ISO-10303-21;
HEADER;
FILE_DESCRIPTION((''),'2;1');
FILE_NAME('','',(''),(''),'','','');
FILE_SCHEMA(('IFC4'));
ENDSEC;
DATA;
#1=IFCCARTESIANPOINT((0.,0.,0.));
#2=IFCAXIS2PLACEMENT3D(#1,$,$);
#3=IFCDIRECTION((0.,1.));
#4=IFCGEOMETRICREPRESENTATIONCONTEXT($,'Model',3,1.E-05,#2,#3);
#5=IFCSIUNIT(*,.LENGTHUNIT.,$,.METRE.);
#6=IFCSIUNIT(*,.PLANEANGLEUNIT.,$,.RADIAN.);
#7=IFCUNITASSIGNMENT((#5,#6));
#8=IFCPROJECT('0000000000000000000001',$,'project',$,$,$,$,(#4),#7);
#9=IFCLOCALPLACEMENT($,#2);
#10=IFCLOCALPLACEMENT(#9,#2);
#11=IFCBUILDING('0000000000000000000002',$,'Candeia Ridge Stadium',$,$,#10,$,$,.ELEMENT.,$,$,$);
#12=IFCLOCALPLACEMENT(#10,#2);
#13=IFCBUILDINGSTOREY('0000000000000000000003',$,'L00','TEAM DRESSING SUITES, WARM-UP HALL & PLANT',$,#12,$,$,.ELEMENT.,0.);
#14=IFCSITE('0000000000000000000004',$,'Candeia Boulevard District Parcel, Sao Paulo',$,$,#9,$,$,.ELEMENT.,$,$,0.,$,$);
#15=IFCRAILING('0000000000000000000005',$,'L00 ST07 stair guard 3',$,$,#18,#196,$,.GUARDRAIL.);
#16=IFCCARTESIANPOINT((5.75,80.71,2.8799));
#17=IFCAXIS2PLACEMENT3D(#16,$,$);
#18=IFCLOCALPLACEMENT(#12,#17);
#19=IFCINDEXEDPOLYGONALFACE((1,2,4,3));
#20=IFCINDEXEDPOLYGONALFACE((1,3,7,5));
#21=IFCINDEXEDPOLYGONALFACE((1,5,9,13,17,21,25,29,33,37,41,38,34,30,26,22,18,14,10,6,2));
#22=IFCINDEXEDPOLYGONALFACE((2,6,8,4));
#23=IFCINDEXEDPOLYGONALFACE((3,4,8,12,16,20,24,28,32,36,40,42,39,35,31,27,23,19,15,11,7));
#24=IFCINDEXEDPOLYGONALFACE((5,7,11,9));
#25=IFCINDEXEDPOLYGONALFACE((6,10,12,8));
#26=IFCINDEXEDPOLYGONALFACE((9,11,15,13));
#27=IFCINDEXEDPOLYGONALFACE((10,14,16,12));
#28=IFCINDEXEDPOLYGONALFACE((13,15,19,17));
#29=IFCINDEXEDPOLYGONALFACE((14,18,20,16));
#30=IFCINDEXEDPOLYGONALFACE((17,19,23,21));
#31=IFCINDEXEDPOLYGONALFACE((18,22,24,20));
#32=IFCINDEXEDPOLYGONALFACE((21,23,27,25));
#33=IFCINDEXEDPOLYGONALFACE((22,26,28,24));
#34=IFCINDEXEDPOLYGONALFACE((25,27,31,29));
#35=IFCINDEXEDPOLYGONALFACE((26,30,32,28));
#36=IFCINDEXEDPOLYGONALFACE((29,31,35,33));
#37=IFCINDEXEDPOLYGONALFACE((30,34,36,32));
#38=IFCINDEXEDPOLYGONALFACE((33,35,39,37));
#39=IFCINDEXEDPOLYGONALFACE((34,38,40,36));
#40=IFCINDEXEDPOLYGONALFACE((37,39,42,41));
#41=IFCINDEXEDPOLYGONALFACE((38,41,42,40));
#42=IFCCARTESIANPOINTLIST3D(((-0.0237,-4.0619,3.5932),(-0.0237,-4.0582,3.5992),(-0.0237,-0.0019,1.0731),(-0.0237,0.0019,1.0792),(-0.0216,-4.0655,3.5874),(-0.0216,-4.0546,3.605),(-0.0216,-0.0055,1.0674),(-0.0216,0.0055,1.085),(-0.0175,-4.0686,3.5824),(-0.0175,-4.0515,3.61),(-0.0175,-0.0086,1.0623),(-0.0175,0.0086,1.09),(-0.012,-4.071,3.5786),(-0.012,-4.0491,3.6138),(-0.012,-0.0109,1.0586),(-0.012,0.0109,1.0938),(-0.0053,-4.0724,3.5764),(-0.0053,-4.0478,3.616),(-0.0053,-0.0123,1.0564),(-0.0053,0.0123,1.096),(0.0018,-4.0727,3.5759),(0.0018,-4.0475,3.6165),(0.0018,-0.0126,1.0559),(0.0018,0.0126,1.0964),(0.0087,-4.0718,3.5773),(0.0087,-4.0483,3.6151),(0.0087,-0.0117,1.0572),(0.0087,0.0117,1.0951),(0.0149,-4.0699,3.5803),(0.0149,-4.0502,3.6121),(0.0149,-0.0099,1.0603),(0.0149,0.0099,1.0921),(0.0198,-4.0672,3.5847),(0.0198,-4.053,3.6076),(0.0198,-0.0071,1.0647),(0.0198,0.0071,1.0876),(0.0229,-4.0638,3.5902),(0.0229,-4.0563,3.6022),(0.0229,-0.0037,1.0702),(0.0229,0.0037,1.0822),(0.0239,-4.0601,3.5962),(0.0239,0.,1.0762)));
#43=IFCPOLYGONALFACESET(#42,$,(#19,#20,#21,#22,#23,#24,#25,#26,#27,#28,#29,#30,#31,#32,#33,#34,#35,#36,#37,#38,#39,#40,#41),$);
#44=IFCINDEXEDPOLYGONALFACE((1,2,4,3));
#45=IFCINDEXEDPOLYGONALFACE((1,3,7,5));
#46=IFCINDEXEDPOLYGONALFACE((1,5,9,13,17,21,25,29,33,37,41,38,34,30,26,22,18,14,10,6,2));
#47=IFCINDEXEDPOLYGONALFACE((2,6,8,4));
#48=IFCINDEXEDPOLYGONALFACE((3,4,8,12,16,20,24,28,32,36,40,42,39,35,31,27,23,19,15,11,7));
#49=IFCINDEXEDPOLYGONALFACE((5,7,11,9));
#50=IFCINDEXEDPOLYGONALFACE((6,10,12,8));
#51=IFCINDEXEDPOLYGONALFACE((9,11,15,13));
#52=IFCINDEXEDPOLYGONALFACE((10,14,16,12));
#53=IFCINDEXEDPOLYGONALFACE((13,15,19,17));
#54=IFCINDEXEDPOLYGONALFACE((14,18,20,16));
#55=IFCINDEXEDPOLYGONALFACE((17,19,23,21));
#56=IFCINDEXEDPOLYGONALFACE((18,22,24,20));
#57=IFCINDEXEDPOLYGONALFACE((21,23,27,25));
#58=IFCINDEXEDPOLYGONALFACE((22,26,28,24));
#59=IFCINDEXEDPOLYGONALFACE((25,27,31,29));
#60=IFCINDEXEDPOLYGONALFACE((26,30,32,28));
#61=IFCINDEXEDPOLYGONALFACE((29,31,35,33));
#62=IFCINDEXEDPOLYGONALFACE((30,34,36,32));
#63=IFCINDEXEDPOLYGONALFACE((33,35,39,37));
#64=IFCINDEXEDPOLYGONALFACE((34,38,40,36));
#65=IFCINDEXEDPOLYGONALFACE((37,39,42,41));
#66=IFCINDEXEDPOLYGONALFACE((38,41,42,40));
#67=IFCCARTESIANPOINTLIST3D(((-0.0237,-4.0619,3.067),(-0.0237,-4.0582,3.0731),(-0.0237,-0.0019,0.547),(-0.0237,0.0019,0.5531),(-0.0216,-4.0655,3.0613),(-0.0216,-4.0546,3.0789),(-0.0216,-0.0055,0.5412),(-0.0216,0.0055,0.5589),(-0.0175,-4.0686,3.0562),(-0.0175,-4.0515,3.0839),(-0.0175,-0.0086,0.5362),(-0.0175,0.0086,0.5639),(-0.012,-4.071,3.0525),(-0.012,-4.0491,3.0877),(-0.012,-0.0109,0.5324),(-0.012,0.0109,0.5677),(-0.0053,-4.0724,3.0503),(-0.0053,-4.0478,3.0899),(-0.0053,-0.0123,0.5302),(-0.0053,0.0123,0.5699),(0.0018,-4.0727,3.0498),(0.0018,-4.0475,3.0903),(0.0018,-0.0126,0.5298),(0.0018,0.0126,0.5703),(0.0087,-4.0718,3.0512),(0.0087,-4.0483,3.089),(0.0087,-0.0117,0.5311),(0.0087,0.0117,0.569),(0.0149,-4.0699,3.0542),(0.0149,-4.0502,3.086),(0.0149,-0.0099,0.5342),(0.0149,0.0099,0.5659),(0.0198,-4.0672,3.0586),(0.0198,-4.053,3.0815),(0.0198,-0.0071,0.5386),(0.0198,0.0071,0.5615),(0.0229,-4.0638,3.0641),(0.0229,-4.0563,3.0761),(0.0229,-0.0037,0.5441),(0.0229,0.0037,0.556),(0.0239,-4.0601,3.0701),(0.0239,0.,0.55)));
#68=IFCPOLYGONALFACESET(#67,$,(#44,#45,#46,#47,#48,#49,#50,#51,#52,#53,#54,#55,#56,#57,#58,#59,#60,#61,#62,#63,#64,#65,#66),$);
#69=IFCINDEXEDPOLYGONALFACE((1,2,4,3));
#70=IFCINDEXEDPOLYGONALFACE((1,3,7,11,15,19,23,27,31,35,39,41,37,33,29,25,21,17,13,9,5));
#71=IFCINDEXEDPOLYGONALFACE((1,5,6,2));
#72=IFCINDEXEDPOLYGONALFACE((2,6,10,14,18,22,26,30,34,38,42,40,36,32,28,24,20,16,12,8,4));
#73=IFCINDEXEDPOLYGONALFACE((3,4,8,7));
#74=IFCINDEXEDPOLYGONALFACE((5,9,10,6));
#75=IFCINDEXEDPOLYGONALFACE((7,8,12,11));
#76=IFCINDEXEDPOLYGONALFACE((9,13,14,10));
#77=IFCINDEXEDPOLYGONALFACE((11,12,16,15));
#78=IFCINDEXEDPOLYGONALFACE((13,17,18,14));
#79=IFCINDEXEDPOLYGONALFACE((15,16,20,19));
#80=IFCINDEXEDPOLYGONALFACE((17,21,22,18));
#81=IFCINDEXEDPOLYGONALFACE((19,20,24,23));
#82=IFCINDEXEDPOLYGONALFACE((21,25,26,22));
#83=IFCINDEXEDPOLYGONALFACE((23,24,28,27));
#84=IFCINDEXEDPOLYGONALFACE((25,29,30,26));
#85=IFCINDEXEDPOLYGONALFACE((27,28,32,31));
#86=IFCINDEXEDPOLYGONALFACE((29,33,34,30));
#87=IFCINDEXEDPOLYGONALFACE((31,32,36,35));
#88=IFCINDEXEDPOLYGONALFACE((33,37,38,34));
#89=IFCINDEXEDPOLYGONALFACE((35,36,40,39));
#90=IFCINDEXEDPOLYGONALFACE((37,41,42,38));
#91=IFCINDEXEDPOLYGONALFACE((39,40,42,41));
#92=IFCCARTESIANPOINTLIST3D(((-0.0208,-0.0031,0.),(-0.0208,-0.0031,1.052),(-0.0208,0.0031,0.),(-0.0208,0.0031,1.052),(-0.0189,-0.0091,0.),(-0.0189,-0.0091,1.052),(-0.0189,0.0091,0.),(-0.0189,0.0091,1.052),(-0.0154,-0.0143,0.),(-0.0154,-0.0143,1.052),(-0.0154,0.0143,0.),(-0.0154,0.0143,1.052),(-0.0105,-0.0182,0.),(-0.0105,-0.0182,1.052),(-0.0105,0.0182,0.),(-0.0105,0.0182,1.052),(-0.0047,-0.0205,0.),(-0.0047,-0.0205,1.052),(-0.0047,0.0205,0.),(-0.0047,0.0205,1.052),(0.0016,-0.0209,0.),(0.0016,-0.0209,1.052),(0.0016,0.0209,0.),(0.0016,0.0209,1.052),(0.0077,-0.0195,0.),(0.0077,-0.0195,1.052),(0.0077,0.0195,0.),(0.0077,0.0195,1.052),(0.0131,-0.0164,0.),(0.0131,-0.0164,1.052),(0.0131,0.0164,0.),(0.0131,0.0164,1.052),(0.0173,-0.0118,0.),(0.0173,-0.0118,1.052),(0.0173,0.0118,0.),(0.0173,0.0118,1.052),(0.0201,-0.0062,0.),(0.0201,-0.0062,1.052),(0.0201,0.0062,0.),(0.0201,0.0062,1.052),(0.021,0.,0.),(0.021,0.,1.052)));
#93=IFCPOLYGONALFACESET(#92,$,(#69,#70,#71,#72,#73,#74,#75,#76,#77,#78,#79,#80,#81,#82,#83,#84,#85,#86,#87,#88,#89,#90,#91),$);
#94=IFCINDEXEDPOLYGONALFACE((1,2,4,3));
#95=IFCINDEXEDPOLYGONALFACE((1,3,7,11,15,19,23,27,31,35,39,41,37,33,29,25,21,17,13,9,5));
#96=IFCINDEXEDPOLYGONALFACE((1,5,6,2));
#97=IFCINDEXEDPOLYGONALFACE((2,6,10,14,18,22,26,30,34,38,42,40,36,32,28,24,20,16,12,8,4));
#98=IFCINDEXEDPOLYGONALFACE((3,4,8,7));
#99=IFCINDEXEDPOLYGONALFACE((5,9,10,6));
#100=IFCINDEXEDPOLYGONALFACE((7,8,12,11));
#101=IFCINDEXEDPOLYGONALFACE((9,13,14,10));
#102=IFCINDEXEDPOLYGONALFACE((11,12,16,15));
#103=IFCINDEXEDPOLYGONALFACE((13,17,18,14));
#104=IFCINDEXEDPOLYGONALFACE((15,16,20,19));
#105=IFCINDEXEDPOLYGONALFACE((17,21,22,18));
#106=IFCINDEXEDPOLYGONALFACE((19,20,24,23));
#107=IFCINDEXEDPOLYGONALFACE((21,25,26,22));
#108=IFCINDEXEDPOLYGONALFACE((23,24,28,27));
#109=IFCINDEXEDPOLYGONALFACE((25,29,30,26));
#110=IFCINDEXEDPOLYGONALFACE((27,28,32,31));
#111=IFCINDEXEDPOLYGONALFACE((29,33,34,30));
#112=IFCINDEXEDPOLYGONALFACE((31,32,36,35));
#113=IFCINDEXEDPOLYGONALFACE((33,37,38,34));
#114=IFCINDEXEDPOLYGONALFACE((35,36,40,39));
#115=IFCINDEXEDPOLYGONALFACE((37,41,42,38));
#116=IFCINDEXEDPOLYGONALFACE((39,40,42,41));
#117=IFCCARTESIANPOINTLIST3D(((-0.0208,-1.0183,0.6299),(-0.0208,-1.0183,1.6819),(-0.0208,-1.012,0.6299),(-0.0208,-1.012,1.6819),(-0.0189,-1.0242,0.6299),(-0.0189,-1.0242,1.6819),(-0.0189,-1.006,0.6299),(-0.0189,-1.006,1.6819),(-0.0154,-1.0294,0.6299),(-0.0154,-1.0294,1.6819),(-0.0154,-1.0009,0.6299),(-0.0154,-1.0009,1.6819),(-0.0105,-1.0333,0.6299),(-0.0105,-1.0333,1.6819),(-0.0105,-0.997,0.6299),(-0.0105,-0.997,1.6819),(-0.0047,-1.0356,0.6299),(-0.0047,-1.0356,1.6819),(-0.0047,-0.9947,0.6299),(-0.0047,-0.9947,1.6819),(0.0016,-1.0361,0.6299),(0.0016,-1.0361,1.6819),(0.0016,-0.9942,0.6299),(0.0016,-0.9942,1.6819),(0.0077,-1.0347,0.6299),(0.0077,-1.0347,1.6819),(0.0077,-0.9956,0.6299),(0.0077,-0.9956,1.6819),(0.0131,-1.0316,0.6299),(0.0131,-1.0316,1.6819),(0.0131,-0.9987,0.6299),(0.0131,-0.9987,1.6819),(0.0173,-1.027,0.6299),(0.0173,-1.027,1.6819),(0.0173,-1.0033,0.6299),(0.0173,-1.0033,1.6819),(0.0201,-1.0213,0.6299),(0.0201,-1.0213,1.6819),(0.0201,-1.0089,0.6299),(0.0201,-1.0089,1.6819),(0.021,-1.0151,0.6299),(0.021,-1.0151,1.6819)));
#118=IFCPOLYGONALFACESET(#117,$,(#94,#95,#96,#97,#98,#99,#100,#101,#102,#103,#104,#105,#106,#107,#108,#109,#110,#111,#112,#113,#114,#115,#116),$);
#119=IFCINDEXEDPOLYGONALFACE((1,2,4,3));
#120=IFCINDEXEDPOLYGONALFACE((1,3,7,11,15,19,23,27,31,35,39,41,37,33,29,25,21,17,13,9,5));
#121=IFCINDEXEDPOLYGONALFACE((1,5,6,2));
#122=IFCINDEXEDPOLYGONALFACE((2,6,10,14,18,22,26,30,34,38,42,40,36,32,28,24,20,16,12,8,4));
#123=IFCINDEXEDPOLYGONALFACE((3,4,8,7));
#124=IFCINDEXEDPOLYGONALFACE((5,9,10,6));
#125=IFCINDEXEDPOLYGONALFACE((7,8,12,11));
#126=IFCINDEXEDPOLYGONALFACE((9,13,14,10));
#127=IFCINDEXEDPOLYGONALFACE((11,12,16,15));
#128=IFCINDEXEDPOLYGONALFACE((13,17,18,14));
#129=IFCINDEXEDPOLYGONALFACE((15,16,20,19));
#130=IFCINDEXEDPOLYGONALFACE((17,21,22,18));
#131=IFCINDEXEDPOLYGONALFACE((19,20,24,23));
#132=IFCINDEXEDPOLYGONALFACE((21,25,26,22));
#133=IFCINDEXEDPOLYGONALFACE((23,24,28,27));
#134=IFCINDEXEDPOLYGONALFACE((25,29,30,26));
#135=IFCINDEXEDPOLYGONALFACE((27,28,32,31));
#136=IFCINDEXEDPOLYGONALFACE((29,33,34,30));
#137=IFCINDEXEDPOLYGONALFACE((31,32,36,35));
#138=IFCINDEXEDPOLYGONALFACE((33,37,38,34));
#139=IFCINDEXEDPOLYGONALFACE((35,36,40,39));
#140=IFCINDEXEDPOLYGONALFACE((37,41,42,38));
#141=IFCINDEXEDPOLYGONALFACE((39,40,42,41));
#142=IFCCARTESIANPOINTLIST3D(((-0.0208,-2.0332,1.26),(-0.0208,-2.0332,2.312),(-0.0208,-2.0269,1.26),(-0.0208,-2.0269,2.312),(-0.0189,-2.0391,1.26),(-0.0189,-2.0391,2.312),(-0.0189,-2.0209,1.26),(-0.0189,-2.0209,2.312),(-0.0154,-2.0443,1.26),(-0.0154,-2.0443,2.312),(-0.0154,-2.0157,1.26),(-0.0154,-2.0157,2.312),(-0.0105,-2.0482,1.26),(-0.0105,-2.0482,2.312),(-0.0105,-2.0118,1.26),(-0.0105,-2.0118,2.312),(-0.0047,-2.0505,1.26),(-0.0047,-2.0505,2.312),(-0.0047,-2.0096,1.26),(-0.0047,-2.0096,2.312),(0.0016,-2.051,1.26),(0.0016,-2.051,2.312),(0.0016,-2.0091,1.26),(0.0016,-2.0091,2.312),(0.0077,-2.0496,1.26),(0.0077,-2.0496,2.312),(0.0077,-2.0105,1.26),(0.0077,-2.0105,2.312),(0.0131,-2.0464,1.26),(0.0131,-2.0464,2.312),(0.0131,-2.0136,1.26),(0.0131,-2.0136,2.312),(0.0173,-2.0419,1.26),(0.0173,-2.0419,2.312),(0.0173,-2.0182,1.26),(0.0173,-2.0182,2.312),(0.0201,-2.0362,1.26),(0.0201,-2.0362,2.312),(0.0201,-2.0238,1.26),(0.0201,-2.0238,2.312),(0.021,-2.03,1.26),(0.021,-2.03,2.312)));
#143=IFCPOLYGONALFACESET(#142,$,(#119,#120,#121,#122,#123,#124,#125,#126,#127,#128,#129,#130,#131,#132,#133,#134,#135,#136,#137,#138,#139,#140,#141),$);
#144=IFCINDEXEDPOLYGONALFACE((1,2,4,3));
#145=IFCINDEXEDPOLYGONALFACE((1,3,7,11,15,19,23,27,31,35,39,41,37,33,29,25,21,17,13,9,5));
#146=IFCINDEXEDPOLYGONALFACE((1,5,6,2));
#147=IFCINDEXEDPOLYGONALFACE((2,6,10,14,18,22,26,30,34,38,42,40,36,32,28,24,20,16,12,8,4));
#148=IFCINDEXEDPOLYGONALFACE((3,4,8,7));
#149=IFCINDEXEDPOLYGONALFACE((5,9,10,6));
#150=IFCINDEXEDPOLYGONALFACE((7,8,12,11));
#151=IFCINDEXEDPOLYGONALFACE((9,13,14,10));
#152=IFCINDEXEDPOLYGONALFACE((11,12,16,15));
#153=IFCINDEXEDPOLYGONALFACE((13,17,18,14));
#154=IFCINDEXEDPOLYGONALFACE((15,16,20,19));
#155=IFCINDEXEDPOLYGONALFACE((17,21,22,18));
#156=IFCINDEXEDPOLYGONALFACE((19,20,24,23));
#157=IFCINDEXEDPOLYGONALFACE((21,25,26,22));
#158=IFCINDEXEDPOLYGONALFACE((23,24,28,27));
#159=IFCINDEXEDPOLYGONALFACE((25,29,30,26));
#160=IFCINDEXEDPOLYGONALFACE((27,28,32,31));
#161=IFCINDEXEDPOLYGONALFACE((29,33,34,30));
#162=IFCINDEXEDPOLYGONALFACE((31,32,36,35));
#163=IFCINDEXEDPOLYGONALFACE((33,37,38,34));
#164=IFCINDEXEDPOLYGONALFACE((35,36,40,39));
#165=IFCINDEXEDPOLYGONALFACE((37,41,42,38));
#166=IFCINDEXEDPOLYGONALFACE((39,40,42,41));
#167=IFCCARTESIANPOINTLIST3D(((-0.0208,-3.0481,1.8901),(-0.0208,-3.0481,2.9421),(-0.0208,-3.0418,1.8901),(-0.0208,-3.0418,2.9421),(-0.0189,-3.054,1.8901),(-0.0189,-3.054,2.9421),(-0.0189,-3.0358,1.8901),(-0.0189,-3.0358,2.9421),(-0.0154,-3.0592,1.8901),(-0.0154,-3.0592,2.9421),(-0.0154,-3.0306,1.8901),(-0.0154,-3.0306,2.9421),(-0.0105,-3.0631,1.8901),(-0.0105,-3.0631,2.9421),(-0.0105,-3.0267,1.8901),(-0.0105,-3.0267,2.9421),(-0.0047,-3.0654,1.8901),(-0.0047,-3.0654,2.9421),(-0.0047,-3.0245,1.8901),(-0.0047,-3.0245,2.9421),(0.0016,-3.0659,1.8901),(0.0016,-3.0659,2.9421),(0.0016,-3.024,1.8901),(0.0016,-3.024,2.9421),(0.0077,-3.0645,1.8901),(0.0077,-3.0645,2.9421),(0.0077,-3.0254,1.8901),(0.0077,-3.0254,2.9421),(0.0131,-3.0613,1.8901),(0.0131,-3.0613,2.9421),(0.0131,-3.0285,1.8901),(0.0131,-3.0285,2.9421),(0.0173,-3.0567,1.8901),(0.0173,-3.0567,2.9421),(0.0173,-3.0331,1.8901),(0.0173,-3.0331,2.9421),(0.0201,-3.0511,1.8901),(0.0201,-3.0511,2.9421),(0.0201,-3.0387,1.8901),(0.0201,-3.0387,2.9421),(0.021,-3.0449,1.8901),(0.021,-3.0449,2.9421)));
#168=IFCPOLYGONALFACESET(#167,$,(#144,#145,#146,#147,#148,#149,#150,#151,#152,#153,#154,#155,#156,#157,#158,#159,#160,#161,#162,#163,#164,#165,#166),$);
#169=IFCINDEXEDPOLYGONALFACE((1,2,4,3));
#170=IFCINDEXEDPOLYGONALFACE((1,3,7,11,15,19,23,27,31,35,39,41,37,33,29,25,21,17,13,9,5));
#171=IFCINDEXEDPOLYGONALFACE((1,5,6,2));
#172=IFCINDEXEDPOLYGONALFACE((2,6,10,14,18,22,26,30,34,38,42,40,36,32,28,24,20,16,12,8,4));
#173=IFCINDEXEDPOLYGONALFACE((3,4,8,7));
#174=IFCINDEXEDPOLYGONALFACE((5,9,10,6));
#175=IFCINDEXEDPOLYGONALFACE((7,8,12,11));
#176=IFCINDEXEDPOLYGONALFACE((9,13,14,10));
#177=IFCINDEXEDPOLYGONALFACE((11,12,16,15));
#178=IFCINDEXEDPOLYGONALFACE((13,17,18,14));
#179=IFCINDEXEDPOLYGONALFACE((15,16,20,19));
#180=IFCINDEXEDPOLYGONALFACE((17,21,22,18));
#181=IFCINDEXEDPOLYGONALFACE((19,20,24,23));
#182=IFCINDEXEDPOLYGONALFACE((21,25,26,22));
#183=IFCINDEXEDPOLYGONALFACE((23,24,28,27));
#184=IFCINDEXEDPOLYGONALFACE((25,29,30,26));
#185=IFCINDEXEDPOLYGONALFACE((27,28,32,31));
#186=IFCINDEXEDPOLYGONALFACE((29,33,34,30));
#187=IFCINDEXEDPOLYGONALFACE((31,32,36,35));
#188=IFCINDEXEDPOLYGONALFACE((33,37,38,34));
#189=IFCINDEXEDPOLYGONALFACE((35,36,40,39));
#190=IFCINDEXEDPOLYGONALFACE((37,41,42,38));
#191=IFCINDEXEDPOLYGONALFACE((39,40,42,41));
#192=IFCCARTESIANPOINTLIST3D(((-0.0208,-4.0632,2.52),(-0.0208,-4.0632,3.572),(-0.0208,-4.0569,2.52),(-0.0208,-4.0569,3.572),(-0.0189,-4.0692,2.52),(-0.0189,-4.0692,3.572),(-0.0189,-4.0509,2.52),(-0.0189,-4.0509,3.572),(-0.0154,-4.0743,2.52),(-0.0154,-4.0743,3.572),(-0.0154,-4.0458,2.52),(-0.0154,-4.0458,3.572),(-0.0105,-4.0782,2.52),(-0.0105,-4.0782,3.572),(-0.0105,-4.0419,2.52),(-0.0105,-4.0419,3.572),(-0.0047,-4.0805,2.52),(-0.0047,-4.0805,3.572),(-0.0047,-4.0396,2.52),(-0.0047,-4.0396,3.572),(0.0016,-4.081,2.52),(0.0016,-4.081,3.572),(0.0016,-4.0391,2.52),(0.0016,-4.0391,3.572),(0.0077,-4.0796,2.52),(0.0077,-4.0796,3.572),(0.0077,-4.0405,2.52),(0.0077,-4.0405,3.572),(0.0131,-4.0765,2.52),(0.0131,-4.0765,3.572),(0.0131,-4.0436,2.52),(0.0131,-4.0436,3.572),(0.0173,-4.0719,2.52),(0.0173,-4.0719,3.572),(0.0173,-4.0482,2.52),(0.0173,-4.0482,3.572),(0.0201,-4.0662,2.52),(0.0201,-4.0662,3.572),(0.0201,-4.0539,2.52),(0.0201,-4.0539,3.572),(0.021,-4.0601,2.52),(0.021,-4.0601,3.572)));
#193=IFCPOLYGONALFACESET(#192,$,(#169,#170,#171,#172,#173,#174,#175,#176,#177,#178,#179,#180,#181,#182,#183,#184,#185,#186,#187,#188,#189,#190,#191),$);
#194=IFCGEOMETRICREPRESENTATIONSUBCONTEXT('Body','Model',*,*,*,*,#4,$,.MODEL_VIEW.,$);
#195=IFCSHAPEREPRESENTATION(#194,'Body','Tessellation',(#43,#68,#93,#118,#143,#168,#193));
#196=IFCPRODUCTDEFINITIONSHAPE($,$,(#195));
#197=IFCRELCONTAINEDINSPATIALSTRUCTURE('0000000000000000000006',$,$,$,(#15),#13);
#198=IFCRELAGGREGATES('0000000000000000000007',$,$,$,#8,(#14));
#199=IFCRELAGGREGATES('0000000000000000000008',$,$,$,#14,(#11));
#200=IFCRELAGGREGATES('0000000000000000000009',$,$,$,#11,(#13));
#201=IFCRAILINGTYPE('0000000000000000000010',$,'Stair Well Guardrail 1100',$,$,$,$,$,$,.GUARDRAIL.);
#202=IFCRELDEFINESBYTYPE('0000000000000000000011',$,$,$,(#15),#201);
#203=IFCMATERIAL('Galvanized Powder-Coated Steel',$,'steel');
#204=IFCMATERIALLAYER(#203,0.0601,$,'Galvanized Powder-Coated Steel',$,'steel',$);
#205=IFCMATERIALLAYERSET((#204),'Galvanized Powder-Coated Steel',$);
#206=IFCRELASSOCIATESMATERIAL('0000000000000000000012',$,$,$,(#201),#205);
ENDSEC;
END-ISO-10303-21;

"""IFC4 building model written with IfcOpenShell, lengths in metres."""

from ifc_helpers import new_model, si_unit, direction, frame, origin, origin_2d, place, context, subcontext, project, spatial, circle, extrude, material, layer, layer_set, type_object, element, save


model = new_model("IFC4")

# Units and contexts
model_context = context("Model", 3, precision=1e-05, world=origin(), true_north=direction((0.0, 1.0)))
body_context = subcontext(model_context, "Body", "Model", "MODEL_VIEW")
ifc_project = project(units=[si_unit("LENGTHUNIT", "METRE"), si_unit("PLANEANGLEUNIT", "RADIAN")], contexts=[model_context])

# Site, building, storey
site_placement = place(None, origin())
site = spatial("IfcSite", under=ifc_project, at=site_placement, Name="Candeia Boulevard District Parcel, Sao Paulo", CompositionType="ELEMENT", RefElevation=0.0)
building_placement = place(site_placement, origin())
building = spatial("IfcBuilding", under=site, at=building_placement, Name="Candeia Ridge Stadium", CompositionType="ELEMENT")
storey_placement = place(building_placement, origin())
storey = spatial("IfcBuildingStorey", under=building, at=storey_placement, Name="L00", Description="TEAM DRESSING SUITES, WARM-UP HALL & PLANT", CompositionType="ELEMENT", Elevation=0.0)

# Railing
ifc_material_1 = material(Name="Galvanized Powder-Coated Steel", Category="steel")
ifc_layer_1 = layer(ifc_material_1, 0.0601, Name="Galvanized Powder-Coated Steel", Category="steel")
ifc_layer_set_1 = layer_set([ifc_layer_1], Name="Galvanized Powder-Coated Steel")
railing_type_1 = type_object("IfcRailingType", Name="Stair Well Guardrail 1100", PredefinedType="GUARDRAIL", material=ifc_layer_set_1)
railing_1_placement = place(storey_placement, frame((5.75, 80.71, 2.8799)))
element("IfcRailing", 1, at=railing_1_placement, inside=storey, type_object=railing_type_1, Name="L00 ST07 stair guard 3", PredefinedType="GUARDRAIL", context=body_context, shape_type="SweptSolid", body=[
    extrude(circle(Radius=0.0239, at=origin_2d()), frame((0.0, 0.0, 1.0762), z_axis=(0.0, -0.849642, 0.52736), x_axis=(1.0, 0.0, 0.0)), (0.0, 0.0, 1.0), 4.7786),
    extrude(circle(Radius=0.0239, at=origin_2d()), frame((0.0, 0.0, 0.55), z_axis=(0.0, -0.849642, 0.52736), x_axis=(1.0, 0.0, 0.0)), (0.0, 0.0, 1.0), 4.7786),
    extrude(circle(Radius=0.021, at=origin_2d()), origin(), (0.0, 0.0, 1.0), 1.052),
    extrude(circle(Radius=0.021, at=origin_2d()), frame((0.0, -1.0151, 0.6299)), (0.0, 0.0, 1.0), 1.052),
    extrude(circle(Radius=0.021, at=origin_2d()), frame((0.0, -2.03, 1.26)), (0.0, 0.0, 1.0), 1.052),
    extrude(circle(Radius=0.021, at=origin_2d()), frame((0.0, -3.0449, 1.8901)), (0.0, 0.0, 1.0), 1.052),
    extrude(circle(Radius=0.021, at=origin_2d()), frame((0.0, -4.0601, 2.52)), (0.0, 0.0, 1.0), 1.052),
])

save(model, "model.ifc")
